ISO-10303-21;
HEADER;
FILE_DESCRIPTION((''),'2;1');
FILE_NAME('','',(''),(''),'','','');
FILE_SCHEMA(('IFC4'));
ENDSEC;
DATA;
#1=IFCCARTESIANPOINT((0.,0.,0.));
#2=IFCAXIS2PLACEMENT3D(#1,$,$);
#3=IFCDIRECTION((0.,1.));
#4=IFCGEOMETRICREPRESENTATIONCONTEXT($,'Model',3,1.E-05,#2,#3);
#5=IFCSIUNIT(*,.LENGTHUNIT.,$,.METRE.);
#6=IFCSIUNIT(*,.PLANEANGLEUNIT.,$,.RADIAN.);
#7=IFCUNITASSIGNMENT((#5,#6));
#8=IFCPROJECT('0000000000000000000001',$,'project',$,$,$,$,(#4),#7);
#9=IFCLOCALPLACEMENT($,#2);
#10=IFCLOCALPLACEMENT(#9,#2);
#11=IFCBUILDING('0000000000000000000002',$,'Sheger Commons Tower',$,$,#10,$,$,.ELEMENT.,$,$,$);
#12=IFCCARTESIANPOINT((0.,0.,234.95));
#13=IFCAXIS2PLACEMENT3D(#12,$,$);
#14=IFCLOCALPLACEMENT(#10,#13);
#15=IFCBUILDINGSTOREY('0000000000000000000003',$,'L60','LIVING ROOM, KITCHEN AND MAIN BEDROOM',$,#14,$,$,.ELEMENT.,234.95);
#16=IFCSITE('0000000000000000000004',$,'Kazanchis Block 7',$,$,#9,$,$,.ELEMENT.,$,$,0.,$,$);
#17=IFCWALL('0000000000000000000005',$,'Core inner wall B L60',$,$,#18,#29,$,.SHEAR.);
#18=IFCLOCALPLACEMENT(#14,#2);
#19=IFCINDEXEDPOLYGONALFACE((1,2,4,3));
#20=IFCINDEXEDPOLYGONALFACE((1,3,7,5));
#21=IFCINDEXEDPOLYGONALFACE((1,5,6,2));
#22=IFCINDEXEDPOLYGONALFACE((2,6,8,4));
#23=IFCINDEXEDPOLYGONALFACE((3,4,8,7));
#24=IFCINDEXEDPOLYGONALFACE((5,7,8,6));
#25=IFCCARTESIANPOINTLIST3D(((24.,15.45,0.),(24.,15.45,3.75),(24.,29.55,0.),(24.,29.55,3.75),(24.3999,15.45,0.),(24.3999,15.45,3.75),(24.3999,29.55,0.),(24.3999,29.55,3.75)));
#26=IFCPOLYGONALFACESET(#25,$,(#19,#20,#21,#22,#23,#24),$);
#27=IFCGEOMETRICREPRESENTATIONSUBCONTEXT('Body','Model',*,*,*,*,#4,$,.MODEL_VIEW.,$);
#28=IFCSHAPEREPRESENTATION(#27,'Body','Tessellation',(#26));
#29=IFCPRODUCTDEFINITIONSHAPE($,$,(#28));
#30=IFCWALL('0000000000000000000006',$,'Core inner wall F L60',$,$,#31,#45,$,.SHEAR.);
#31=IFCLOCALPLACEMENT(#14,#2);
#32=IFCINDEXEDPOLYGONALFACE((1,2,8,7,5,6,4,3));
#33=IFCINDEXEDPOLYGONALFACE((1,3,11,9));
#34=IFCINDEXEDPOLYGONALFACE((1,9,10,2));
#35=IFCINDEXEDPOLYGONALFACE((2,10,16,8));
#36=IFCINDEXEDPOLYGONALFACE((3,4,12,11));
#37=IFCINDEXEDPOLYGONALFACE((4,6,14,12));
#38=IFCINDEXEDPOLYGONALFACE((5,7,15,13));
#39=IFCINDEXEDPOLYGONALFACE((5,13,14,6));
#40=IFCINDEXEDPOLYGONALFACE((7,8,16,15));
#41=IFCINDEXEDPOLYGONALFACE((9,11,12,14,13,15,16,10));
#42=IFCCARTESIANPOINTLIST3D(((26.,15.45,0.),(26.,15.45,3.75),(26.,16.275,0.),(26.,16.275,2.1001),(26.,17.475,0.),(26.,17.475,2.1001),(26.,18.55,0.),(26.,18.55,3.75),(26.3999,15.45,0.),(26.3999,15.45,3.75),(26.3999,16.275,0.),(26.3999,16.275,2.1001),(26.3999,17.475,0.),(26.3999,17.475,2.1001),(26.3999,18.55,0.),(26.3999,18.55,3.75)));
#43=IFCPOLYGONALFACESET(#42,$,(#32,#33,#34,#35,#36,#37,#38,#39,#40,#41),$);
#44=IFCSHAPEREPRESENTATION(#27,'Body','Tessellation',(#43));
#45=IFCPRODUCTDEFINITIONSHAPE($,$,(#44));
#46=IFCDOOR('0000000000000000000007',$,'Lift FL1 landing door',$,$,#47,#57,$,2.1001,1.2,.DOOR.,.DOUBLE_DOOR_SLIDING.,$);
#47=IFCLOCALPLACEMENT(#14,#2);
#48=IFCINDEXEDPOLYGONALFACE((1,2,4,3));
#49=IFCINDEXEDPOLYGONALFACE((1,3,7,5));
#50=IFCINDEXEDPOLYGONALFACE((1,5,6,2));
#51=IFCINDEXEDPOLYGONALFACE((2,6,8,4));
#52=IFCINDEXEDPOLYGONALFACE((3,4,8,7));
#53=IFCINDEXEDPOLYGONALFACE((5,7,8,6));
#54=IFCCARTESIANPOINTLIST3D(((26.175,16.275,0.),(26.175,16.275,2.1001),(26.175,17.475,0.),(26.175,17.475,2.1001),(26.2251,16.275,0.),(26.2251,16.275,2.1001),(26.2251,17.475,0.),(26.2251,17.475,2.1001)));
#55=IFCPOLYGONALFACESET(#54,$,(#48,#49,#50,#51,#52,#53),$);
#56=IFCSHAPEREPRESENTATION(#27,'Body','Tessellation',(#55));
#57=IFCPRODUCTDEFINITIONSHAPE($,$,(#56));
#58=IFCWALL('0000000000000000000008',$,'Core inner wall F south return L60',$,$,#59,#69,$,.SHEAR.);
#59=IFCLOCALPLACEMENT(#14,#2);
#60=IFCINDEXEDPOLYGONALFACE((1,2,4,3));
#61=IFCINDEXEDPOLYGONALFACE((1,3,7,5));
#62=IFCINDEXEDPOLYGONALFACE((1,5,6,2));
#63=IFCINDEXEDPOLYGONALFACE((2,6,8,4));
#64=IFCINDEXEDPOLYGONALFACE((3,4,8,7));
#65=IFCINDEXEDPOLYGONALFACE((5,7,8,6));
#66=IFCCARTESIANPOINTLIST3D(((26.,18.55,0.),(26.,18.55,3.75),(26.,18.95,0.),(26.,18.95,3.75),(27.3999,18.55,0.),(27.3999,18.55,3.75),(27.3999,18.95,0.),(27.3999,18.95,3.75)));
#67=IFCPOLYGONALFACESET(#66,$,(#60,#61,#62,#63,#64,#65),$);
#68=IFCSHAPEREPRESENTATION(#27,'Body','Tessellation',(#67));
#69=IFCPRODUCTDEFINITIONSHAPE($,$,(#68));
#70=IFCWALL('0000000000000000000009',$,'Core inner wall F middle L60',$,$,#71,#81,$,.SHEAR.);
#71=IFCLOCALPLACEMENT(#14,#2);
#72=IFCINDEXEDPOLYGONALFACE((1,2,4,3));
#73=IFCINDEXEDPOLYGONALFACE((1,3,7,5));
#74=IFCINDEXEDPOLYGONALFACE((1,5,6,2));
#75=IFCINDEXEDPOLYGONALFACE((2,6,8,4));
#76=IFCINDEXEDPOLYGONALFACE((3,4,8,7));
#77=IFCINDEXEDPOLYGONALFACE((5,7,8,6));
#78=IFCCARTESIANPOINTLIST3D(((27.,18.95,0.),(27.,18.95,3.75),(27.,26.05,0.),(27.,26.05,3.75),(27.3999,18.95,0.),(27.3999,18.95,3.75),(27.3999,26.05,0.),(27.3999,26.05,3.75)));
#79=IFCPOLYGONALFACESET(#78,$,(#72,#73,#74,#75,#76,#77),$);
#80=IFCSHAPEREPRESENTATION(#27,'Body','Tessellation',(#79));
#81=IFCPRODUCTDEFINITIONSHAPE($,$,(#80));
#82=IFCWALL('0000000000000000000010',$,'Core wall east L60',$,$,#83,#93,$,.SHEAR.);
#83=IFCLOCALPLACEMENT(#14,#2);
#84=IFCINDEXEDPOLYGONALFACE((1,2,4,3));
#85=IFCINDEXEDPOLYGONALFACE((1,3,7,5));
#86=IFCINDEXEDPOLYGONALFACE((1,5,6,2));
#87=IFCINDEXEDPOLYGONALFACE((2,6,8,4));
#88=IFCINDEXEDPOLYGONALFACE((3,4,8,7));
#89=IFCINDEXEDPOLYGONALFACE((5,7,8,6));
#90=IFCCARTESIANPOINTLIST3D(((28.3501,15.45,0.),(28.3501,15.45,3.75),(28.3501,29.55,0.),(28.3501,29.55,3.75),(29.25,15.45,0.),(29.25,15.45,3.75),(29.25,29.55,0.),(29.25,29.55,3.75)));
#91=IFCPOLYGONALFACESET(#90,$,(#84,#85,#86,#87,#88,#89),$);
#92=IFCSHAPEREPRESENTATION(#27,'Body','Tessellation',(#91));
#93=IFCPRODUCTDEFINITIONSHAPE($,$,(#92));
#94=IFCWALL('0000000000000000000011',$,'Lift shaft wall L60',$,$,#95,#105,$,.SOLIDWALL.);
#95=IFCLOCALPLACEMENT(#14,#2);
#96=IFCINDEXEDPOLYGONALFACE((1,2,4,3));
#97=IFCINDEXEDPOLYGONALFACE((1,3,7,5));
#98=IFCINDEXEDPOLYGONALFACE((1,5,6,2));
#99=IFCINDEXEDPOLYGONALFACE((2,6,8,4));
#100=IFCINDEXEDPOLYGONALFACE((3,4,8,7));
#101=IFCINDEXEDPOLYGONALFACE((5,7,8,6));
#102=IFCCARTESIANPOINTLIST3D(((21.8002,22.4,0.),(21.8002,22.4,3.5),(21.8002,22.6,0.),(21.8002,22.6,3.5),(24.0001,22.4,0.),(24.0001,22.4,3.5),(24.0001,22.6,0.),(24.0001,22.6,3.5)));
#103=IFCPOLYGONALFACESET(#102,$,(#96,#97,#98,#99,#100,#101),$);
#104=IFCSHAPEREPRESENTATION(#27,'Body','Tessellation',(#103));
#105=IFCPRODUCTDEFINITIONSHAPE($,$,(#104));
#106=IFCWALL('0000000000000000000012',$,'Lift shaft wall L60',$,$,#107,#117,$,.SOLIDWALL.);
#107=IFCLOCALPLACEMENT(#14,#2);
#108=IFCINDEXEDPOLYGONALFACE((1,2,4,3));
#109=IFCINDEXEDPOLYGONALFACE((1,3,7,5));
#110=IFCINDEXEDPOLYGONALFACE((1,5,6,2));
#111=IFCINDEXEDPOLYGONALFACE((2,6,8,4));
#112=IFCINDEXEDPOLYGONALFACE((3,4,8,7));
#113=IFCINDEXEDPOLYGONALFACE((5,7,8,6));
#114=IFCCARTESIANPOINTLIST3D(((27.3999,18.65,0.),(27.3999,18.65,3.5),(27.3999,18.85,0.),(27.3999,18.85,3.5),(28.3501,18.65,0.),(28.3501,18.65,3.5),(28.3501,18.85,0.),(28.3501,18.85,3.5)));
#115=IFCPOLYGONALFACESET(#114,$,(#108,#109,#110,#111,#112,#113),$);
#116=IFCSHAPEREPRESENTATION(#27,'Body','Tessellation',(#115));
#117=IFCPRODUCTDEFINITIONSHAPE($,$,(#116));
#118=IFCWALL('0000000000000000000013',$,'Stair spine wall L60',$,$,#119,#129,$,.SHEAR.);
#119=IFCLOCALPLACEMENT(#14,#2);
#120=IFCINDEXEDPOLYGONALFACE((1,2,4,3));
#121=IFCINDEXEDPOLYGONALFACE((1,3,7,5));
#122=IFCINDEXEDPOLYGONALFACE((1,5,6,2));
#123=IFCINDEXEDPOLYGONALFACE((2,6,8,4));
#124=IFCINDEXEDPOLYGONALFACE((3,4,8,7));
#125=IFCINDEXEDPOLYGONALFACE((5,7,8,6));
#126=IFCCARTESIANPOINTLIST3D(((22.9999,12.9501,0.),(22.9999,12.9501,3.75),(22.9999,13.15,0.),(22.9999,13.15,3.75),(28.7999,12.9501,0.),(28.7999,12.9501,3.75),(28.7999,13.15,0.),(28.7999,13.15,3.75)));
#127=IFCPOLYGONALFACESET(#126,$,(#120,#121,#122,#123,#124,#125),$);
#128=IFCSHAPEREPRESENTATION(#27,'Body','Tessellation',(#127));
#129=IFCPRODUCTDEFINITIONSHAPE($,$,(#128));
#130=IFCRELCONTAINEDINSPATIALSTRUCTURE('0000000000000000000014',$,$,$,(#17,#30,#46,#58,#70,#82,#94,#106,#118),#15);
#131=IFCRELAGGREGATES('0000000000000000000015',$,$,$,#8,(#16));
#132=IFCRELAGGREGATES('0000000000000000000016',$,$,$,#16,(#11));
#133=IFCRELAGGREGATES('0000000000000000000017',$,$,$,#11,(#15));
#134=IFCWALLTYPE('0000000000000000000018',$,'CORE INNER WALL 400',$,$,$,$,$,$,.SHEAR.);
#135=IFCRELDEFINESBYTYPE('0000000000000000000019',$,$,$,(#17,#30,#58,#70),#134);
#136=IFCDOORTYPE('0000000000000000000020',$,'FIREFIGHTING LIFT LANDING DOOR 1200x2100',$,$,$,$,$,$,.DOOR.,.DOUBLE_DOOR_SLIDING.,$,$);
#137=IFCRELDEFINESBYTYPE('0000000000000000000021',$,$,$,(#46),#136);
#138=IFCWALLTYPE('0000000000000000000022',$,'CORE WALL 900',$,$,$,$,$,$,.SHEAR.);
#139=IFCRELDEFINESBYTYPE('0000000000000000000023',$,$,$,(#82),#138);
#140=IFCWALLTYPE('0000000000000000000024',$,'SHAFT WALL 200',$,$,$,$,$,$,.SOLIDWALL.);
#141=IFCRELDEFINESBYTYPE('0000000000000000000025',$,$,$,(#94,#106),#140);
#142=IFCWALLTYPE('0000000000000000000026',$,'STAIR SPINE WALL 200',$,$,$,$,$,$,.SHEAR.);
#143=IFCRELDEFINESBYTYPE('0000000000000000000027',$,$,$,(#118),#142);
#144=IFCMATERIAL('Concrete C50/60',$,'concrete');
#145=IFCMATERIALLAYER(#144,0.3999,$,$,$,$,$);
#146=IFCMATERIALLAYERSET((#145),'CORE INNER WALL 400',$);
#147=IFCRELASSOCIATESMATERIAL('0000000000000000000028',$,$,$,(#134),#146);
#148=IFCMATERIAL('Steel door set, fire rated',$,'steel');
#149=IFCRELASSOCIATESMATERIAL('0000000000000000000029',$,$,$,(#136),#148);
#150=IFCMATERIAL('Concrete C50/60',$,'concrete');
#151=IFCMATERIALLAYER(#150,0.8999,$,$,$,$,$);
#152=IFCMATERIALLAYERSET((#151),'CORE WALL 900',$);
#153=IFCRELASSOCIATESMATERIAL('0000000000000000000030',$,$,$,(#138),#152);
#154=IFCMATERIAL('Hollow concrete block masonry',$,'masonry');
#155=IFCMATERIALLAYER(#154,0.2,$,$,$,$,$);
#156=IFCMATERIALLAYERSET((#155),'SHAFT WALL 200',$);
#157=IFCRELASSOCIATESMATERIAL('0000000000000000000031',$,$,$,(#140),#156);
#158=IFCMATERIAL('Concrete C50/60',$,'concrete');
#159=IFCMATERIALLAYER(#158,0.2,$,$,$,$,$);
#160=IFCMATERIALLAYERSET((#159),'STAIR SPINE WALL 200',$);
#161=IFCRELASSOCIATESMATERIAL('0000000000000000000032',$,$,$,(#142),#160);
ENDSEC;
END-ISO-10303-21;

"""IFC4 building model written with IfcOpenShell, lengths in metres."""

from ifc_helpers import new_model, si_unit, direction, frame, frame_2d, origin, place, context, subcontext, project, spatial, rectangle, extrude, material, layer, layer_set, type_object, element, fill, save


model = new_model("IFC4")

# Units and contexts
model_context = context("Model", 3, precision=1e-05, world=origin(), true_north=direction((0.0, 1.0)))
body_context = subcontext(model_context, "Body", "Model", "MODEL_VIEW")
ifc_project = project(units=[si_unit("LENGTHUNIT", "METRE"), si_unit("PLANEANGLEUNIT", "RADIAN")], contexts=[model_context])

# Site, building, storey
site_placement = place(None, origin())
site = spatial("IfcSite", under=ifc_project, at=site_placement, Name="Kazanchis Block 7", CompositionType="ELEMENT", RefElevation=0.0)
building_placement = place(site_placement, origin())
building = spatial("IfcBuilding", under=site, at=building_placement, Name="Sheger Commons Tower", CompositionType="ELEMENT")
storey_placement = place(building_placement, frame((0.0, 0.0, 234.95)))
storey = spatial("IfcBuildingStorey", under=building, at=storey_placement, Name="L60", Description="LIVING ROOM, KITCHEN AND MAIN BEDROOM", CompositionType="ELEMENT", Elevation=234.95)

# Wall
ifc_material_1 = material(Name="Concrete C50/60", Category="concrete")
ifc_layer_1 = layer(ifc_material_1, 0.3999)
ifc_layer_set_1 = layer_set([ifc_layer_1], Name="CORE INNER WALL 400")
wall_type_1 = type_object("IfcWallType", Name="CORE INNER WALL 400", PredefinedType="SHEAR", material=ifc_layer_set_1)
wall_1_placement = place(storey_placement, frame((24.2, 15.45, 0.0), z_axis=(0.0, 0.0, 1.0), x_axis=(0.0, 1.0, 0.0)))
element("IfcWall", 1, at=wall_1_placement, inside=storey, type_object=wall_type_1, Name="Core inner wall B L60", PredefinedType="SHEAR", context=body_context, shape_type="SweptSolid", body=[
    extrude(rectangle(XDim=14.1001, YDim=0.3999, at=frame_2d((7.05, 0.0))), origin(), (0.0, 0.0, 1.0), 3.75),
])

# Wall, opening, door
wall_2_placement = place(storey_placement, frame((26.2, 15.45, 0.0), z_axis=(0.0, 0.0, 1.0), x_axis=(0.0, 1.0, 0.0)))
wall_2 = element("IfcWall", 2, at=wall_2_placement, inside=storey, type_object=wall_type_1, Name="Core inner wall F L60", PredefinedType="SHEAR", context=body_context, shape_type="SweptSolid", body=[
    extrude(rectangle(XDim=3.1001, YDim=0.3999, at=frame_2d((1.55, 0.0))), origin(), (0.0, 0.0, 1.0), 3.75),
])
opening_placement = place(wall_2_placement, frame((0.825, 0.0, 0.0)))
opening = element("IfcOpeningElement", 3, at=opening_placement, cuts=wall_2, PredefinedType="OPENING", context=body_context, shape_type="SweptSolid", body=[
    extrude(rectangle(XDim=1.2, YDim=2.1001, at=frame_2d((0.6001, 1.05))), frame((0.0, 0.21, 0.0), z_axis=(0.0, -1.0, 0.0), x_axis=(1.0, 0.0, 0.0)), (0.0, 0.0, 1.0), 0.4199),
])
ifc_material_2 = material(Name="Steel door set, fire rated", Category="steel")
door_type = type_object("IfcDoorType", Name="FIREFIGHTING LIFT LANDING DOOR 1200x2100", OperationType="DOUBLE_DOOR_SLIDING", PredefinedType="DOOR", material=ifc_material_2)
door_placement = place(opening_placement, origin())
door = element("IfcDoor", 4, at=door_placement, inside=storey, type_object=door_type, Name="Lift FL1 landing door", OperationType="DOUBLE_DOOR_SLIDING", OverallHeight=2.1001, OverallWidth=1.2, PredefinedType="DOOR", context=body_context, shape_type="SweptSolid", body=[
    extrude(rectangle(XDim=1.2, YDim=2.1001, at=frame_2d((0.6001, 1.05))), frame((0.0, 0.0249, 0.0), z_axis=(0.0, -1.0, 0.0), x_axis=(1.0, 0.0, 0.0)), (0.0, 0.0, 1.0), 0.05),
])
fill(opening, door)

# Walls
wall_3_placement = place(storey_placement, frame((26.0, 18.75, 0.0), z_axis=(0.0, 0.0, 1.0), x_axis=(1.0, 0.0, 0.0)))
element("IfcWall", 5, at=wall_3_placement, inside=storey, type_object=wall_type_1, Name="Core inner wall F south return L60", PredefinedType="SHEAR", context=body_context, shape_type="SweptSolid", body=[
    extrude(rectangle(XDim=1.3999, YDim=0.3999, at=frame_2d((0.7, 0.0))), origin(), (0.0, 0.0, 1.0), 3.75),
])
wall_4_placement = place(storey_placement, frame((27.2, 18.95, 0.0), z_axis=(0.0, 0.0, 1.0), x_axis=(0.0, 1.0, 0.0)))
element("IfcWall", 6, at=wall_4_placement, inside=storey, type_object=wall_type_1, Name="Core inner wall F middle L60", PredefinedType="SHEAR", context=body_context, shape_type="SweptSolid", body=[
    extrude(rectangle(XDim=7.1001, YDim=0.3999, at=frame_2d((3.55, 0.0))), origin(), (0.0, 0.0, 1.0), 3.75),
])
ifc_material_3 = material(Name="Concrete C50/60", Category="concrete")
ifc_layer_2 = layer(ifc_material_3, 0.8999)
ifc_layer_set_2 = layer_set([ifc_layer_2], Name="CORE WALL 900")
wall_type_2 = type_object("IfcWallType", Name="CORE WALL 900", PredefinedType="SHEAR", material=ifc_layer_set_2)
wall_5_placement = place(storey_placement, frame((28.8, 15.45, 0.0), z_axis=(0.0, 0.0, 1.0), x_axis=(0.0, 1.0, 0.0)))
element("IfcWall", 7, at=wall_5_placement, inside=storey, type_object=wall_type_2, Name="Core wall east L60", PredefinedType="SHEAR", context=body_context, shape_type="SweptSolid", body=[
    extrude(rectangle(XDim=14.1001, YDim=0.8999, at=frame_2d((7.05, 0.0))), origin(), (0.0, 0.0, 1.0), 3.75),
])
ifc_material_4 = material(Name="Hollow concrete block masonry", Category="masonry")
ifc_layer_3 = layer(ifc_material_4, 0.2)
ifc_layer_set_3 = layer_set([ifc_layer_3], Name="SHAFT WALL 200")
wall_type_3 = type_object("IfcWallType", Name="SHAFT WALL 200", PredefinedType="SOLIDWALL", material=ifc_layer_set_3)
wall_6_placement = place(storey_placement, frame((21.8, 22.5, 0.0), z_axis=(0.0, 0.0, 1.0), x_axis=(1.0, 0.0, 0.0)))
element("IfcWall", 8, at=wall_6_placement, inside=storey, type_object=wall_type_3, Name="Lift shaft wall L60", PredefinedType="SOLIDWALL", context=body_context, shape_type="SweptSolid", body=[
    extrude(rectangle(XDim=2.2, YDim=0.2, at=frame_2d((1.1001, 0.0))), origin(), (0.0, 0.0, 1.0), 3.5),
])
wall_7_placement = place(storey_placement, frame((27.3999, 18.75, 0.0), z_axis=(0.0, 0.0, 1.0), x_axis=(1.0, 0.0, 0.0)))
element("IfcWall", 9, at=wall_7_placement, inside=storey, type_object=wall_type_3, Name="Lift shaft wall L60", PredefinedType="SOLIDWALL", context=body_context, shape_type="SweptSolid", body=[
    extrude(rectangle(XDim=0.9502, YDim=0.2, at=frame_2d((0.4751, 0.0))), origin(), (0.0, 0.0, 1.0), 3.5),
])
ifc_material_5 = material(Name="Concrete C50/60", Category="concrete")
ifc_layer_4 = layer(ifc_material_5, 0.2)
ifc_layer_set_4 = layer_set([ifc_layer_4], Name="STAIR SPINE WALL 200")
wall_type_4 = type_object("IfcWallType", Name="STAIR SPINE WALL 200", PredefinedType="SHEAR", material=ifc_layer_set_4)
wall_8_placement = place(storey_placement, frame((23.0, 13.05, 0.0), z_axis=(0.0, 0.0, 1.0), x_axis=(1.0, 0.0, 0.0)))
element("IfcWall", 10, at=wall_8_placement, inside=storey, type_object=wall_type_4, Name="Stair spine wall L60", PredefinedType="SHEAR", context=body_context, shape_type="SweptSolid", body=[
    extrude(rectangle(XDim=5.8, YDim=0.2, at=frame_2d((2.8999, 0.0))), origin(), (0.0, 0.0, 1.0), 3.75),
])

save(model, "model.ifc")
